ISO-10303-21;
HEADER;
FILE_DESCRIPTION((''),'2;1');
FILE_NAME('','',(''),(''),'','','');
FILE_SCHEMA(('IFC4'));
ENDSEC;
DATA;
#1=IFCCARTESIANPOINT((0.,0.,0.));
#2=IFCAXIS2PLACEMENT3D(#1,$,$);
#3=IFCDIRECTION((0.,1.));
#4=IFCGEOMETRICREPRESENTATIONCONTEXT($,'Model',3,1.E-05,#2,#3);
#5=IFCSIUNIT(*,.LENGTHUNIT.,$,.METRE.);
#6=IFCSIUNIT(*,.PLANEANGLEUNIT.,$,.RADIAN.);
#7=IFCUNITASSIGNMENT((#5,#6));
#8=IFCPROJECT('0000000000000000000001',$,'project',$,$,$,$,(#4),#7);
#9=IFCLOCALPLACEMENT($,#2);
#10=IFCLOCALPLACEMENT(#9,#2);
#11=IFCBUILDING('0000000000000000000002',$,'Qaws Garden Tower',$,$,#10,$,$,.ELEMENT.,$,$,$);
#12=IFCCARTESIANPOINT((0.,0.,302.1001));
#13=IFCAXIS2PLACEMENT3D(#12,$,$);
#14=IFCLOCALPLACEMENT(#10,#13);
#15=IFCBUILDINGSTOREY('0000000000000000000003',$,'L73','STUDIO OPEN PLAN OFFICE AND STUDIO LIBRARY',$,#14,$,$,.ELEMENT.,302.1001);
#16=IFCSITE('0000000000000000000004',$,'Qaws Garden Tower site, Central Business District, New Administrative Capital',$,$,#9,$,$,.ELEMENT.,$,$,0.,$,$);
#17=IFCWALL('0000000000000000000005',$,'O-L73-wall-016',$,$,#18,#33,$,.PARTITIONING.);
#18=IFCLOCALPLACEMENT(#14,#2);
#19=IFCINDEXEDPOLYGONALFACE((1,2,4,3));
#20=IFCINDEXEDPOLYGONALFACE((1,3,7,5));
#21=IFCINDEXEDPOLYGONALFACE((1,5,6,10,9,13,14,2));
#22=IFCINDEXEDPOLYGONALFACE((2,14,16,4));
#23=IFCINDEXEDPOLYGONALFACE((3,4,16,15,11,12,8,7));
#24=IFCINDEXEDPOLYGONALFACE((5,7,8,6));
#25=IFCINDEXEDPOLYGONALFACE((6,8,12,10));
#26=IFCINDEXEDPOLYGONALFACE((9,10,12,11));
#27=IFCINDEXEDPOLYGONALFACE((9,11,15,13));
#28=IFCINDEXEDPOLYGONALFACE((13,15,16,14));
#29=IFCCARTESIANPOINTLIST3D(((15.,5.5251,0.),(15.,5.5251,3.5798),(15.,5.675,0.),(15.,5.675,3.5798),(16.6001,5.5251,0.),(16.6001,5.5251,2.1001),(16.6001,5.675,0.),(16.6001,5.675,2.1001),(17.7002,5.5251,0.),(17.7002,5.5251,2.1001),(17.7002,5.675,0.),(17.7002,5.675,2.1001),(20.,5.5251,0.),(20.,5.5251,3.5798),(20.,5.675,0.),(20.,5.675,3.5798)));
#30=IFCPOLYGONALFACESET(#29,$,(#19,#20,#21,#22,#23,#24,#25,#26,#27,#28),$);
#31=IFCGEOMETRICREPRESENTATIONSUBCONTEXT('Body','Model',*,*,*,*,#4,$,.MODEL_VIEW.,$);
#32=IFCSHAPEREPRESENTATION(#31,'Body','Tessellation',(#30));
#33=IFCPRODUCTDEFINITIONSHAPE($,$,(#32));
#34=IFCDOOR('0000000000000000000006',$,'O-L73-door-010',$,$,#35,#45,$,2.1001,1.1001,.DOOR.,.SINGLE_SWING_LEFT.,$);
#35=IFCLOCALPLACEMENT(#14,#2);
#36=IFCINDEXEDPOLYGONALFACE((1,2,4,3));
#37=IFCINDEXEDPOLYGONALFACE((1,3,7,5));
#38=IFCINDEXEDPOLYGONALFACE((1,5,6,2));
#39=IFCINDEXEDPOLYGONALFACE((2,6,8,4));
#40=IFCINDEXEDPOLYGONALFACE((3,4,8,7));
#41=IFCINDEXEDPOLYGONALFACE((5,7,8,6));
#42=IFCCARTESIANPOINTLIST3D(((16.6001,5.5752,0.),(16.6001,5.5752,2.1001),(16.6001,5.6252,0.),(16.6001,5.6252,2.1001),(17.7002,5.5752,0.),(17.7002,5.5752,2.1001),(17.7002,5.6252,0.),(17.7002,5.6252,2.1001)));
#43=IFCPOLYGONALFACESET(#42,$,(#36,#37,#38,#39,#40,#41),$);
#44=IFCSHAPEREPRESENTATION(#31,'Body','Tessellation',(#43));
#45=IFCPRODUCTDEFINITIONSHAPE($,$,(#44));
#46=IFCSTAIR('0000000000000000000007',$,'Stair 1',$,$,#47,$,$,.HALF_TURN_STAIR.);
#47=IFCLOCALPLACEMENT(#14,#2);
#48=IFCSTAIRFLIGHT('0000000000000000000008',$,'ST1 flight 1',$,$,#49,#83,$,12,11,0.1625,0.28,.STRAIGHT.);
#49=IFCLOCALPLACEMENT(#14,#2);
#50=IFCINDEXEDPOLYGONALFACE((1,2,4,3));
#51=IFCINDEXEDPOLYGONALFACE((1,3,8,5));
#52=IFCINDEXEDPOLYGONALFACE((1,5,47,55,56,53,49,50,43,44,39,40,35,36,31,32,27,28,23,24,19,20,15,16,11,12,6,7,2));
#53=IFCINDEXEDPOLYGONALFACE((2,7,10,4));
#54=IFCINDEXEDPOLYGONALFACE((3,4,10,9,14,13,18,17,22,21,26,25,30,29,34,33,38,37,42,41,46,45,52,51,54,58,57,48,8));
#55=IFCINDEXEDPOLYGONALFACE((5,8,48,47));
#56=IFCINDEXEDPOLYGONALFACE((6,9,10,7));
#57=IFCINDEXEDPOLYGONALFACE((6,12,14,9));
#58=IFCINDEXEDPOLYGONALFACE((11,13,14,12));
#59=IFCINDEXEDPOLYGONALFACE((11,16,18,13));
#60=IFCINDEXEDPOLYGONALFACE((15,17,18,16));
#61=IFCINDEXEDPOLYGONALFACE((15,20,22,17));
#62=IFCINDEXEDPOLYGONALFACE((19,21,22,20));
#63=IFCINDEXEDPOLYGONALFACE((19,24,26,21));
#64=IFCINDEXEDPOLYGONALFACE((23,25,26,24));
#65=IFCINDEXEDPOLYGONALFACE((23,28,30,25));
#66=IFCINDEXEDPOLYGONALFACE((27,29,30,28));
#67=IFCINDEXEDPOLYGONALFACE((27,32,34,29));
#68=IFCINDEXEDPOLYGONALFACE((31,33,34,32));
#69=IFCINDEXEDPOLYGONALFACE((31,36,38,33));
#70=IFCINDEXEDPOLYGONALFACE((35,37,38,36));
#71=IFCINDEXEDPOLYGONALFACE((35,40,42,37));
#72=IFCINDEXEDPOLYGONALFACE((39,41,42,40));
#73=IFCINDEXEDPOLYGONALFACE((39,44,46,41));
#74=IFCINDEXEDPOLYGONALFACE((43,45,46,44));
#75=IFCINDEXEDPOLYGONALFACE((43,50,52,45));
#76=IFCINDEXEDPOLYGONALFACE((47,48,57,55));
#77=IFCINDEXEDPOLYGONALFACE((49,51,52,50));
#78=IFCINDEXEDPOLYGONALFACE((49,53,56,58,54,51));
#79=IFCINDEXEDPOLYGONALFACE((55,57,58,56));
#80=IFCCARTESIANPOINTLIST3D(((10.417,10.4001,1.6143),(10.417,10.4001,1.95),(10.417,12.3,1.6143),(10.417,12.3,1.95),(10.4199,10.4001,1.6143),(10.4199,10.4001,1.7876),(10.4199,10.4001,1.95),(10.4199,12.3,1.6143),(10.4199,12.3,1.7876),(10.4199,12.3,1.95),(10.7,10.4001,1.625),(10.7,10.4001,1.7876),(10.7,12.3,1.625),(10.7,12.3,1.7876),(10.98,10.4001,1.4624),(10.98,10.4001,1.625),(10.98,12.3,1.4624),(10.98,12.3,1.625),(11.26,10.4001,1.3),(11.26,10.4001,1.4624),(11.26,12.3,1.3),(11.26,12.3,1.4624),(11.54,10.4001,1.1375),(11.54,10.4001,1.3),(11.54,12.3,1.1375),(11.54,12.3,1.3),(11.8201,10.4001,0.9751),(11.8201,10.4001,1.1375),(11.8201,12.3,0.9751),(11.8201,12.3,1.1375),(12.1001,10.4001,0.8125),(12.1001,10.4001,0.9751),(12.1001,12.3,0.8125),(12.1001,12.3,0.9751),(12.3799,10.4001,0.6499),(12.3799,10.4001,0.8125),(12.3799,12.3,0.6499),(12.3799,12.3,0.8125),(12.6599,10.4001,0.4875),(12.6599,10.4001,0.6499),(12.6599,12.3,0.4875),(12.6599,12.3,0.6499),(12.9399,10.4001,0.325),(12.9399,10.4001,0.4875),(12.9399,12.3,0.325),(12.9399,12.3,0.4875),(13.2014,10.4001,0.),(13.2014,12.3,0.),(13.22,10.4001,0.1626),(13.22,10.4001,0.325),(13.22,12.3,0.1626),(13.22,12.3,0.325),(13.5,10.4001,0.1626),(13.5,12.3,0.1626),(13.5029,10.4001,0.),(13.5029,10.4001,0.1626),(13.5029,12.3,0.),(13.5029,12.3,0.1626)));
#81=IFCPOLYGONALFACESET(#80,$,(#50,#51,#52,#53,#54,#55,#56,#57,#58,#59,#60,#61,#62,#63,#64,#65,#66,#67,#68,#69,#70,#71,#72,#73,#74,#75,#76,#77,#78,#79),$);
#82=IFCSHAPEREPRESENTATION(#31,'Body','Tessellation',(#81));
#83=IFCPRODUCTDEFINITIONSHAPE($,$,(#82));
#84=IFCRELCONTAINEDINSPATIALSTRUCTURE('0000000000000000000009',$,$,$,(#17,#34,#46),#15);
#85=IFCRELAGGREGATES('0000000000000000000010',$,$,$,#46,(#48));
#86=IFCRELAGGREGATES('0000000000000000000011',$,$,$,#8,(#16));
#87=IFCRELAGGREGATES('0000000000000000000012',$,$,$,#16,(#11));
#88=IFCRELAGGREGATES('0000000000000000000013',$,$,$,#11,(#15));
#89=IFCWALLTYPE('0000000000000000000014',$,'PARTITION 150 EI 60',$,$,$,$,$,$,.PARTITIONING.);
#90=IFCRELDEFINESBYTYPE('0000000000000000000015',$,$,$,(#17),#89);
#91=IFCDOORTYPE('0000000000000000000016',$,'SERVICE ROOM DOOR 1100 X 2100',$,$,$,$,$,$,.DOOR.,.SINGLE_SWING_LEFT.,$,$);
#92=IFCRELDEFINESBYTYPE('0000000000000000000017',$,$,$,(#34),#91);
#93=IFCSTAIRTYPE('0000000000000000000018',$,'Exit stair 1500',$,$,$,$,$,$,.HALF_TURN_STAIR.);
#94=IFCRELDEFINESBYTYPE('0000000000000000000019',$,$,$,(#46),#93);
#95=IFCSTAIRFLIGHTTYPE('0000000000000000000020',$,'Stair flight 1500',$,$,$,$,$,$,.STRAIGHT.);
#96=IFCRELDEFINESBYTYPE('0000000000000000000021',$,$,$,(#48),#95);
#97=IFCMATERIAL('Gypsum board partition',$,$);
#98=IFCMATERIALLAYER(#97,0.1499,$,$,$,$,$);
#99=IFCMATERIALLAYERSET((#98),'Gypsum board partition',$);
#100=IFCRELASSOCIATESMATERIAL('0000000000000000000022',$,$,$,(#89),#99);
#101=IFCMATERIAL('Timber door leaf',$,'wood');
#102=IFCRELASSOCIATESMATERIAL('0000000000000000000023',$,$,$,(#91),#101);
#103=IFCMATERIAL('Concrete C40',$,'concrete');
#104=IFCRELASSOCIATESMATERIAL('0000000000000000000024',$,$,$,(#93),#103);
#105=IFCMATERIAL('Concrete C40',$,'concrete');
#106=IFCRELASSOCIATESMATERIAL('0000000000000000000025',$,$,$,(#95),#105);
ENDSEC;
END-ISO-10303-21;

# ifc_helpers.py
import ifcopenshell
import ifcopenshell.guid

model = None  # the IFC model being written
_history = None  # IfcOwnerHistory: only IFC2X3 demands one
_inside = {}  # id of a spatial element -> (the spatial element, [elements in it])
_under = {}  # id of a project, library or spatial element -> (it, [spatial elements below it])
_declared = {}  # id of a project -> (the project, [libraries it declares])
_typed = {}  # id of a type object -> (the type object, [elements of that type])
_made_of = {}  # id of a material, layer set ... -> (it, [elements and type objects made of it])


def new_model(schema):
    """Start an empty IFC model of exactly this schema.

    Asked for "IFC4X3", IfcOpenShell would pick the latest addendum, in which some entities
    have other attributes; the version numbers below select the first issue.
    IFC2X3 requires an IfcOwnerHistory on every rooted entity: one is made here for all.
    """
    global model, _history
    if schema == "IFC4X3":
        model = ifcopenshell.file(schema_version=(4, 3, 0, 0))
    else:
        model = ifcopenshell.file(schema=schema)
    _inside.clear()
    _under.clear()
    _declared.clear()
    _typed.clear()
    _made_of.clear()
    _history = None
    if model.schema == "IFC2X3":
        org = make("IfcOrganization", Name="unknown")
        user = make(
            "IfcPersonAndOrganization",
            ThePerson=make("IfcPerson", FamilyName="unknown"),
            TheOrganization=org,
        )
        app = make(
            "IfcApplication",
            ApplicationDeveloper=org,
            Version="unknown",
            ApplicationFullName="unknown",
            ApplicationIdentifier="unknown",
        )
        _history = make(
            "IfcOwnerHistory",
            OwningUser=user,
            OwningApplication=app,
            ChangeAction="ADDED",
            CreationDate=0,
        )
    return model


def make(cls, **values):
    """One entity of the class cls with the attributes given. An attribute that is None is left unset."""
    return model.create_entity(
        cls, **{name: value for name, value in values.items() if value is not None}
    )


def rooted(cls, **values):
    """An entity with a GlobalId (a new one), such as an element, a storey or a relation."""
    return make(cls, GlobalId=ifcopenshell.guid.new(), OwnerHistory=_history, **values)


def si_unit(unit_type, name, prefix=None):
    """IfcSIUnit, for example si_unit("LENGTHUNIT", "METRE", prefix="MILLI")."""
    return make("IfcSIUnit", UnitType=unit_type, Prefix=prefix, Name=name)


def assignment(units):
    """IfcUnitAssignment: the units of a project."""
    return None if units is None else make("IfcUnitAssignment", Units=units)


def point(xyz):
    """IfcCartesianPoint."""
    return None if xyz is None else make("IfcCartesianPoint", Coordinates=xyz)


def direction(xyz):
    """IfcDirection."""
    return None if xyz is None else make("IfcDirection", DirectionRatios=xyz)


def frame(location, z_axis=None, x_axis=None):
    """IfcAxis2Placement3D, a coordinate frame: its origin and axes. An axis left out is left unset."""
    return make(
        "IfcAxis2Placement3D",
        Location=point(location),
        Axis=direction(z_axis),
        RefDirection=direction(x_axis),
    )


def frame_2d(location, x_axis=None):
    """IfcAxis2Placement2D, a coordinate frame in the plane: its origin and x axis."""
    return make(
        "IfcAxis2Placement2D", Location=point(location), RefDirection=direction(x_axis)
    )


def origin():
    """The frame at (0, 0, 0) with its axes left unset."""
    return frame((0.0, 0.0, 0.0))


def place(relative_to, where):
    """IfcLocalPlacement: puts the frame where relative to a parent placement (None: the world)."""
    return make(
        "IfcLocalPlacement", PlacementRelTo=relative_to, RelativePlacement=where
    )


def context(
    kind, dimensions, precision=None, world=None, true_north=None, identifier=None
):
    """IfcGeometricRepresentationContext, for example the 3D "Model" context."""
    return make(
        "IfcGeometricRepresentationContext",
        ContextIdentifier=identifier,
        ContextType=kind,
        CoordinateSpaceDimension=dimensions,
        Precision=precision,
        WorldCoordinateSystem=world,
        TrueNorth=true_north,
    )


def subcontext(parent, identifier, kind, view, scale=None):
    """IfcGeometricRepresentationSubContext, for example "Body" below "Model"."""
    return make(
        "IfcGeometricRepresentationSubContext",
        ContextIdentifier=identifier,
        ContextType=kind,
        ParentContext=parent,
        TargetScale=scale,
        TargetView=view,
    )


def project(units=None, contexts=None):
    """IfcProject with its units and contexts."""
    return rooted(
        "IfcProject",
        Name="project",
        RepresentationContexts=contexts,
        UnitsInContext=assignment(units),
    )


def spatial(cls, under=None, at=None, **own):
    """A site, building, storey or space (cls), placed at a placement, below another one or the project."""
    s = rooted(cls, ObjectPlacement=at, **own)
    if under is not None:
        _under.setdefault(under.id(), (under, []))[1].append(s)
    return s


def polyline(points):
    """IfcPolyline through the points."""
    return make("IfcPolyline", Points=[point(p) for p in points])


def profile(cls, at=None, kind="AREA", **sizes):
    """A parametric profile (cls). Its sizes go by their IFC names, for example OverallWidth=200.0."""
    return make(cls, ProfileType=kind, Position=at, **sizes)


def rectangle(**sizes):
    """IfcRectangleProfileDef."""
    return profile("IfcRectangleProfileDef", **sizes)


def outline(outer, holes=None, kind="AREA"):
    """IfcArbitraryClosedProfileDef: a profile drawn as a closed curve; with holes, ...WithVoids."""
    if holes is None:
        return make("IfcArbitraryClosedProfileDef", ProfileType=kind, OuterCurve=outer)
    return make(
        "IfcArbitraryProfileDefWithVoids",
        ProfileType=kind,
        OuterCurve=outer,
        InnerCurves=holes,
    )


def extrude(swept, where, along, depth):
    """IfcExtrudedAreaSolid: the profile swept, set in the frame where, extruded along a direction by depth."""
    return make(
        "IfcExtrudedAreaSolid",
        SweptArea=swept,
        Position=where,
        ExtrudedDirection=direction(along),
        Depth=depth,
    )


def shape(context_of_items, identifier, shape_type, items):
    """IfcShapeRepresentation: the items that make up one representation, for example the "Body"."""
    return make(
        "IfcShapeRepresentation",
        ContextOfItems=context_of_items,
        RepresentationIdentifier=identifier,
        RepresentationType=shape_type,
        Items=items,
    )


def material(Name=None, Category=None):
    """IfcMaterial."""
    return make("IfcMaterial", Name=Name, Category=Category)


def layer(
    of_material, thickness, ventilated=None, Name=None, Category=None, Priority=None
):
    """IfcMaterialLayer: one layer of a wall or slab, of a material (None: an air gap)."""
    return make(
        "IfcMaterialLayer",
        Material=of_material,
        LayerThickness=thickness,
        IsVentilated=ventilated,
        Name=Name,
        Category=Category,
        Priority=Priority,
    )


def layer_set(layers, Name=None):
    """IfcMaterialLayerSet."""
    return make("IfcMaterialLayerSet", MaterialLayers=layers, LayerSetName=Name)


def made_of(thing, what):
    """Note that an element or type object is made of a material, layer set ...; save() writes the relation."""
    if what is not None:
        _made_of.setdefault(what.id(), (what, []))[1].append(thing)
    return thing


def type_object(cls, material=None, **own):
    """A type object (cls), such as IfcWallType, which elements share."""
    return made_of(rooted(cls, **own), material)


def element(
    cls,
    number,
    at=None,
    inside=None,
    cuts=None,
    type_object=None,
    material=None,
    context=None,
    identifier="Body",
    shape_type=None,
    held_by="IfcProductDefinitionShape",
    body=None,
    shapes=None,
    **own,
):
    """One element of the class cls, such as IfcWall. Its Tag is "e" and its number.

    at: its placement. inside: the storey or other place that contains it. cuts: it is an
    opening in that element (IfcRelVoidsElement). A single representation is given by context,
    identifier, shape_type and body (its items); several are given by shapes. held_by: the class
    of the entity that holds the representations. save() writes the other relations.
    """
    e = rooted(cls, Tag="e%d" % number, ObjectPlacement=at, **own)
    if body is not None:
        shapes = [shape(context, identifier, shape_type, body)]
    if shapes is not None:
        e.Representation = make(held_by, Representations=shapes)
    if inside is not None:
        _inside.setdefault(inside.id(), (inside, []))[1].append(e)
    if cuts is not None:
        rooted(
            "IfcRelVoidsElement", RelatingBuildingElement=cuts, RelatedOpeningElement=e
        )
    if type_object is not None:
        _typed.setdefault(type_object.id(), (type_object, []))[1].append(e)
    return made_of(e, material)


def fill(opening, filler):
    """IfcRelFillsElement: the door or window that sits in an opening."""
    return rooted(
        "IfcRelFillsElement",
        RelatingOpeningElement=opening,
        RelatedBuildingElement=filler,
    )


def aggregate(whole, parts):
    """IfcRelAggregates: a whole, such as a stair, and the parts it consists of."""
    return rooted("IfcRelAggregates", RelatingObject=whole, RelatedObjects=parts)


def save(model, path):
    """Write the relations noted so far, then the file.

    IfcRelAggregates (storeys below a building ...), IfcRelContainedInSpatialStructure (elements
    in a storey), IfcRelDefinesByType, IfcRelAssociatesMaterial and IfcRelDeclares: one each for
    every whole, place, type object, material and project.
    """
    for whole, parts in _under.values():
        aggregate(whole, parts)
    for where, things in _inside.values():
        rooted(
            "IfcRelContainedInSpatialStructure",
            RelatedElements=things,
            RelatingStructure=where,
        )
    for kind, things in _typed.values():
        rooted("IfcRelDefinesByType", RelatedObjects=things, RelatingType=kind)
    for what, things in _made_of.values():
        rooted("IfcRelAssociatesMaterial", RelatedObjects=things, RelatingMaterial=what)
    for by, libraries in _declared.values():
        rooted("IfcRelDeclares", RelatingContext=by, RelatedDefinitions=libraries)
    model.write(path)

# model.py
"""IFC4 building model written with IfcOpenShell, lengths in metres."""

from ifc_helpers import new_model, si_unit, direction, frame, frame_2d, origin, place, context, subcontext, project, spatial, polyline, rectangle, outline, extrude, material, layer, layer_set, type_object, element, fill, aggregate, save


model = new_model("IFC4")

# Units and contexts
model_context = context("Model", 3, precision=1e-05, world=origin(), true_north=direction((0.0, 1.0)))
body_context = subcontext(model_context, "Body", "Model", "MODEL_VIEW")
ifc_project = project(units=[si_unit("LENGTHUNIT", "METRE"), si_unit("PLANEANGLEUNIT", "RADIAN")], contexts=[model_context])

# Site, building, storey
site_placement = place(None, origin())
site = spatial("IfcSite", under=ifc_project, at=site_placement, Name="Qaws Garden Tower site, Central Business District, New Administrative Capital", CompositionType="ELEMENT", RefElevation=0.0)
building_placement = place(site_placement, origin())
building = spatial("IfcBuilding", under=site, at=building_placement, Name="Qaws Garden Tower", CompositionType="ELEMENT")
storey_placement = place(building_placement, frame((0.0, 0.0, 302.1001)))
storey = spatial("IfcBuildingStorey", under=building, at=storey_placement, Name="L73", Description="STUDIO OPEN PLAN OFFICE AND STUDIO LIBRARY", CompositionType="ELEMENT", Elevation=302.1001)

# Shared definitions
ifc_material_1 = material(Name="Gypsum board partition")
ifc_layer_1 = layer(ifc_material_1, 0.1499)
ifc_layer_set_1 = layer_set([ifc_layer_1], Name="Gypsum board partition")
wall_type_1 = type_object("IfcWallType", Name="PARTITION 150 EI 60", PredefinedType="PARTITIONING", material=ifc_layer_set_1)

# Wall, opening, door
wall_1_placement = place(storey_placement, frame((15.0, 5.6001, 0.0), z_axis=(0.0, 0.0, 1.0), x_axis=(1.0, 0.0, 0.0)))
wall_1 = element("IfcWall", 1, at=wall_1_placement, inside=storey, type_object=wall_type_1, Name="O-L73-wall-016", PredefinedType="PARTITIONING", context=body_context, shape_type="SweptSolid", body=[
    extrude(rectangle(XDim=5.0, YDim=0.1499, at=frame_2d((2.5, 0.0))), origin(), (0.0, 0.0, 1.0), 3.5798),
])
opening_1_placement = place(wall_1_placement, frame((1.6001, 0.0, 0.0)))
opening_1 = element("IfcOpeningElement", 2, at=opening_1_placement, cuts=wall_1, PredefinedType="OPENING", context=body_context, shape_type="SweptSolid", body=[
    extrude(rectangle(XDim=1.1001, YDim=2.1001, at=frame_2d((0.55, 1.05))), frame((0.0, 0.085, 0.0), z_axis=(0.0, -1.0, 0.0), x_axis=(1.0, 0.0, 0.0)), (0.0, 0.0, 1.0), 0.1699),
])
ifc_material_2 = material(Name="Timber door leaf", Category="wood")
door_type_1 = type_object("IfcDoorType", Name="SERVICE ROOM DOOR 1100 X 2100", OperationType="SINGLE_SWING_LEFT", PredefinedType="DOOR", material=ifc_material_2)
door_1_placement = place(opening_1_placement, frame((1.1001, 0.0, 0.0), z_axis=(0.0, 0.0, 1.0), x_axis=(-1.0, 0.0, 0.0)))
door_1 = element("IfcDoor", 3, at=door_1_placement, inside=storey, type_object=door_type_1, Name="O-L73-door-010", OperationType="SINGLE_SWING_LEFT", OverallHeight=2.1001, OverallWidth=1.1001, PredefinedType="DOOR", context=body_context, shape_type="SweptSolid", body=[
    extrude(rectangle(XDim=1.1001, YDim=2.1001, at=frame_2d((0.55, 1.05))), frame((0.0, 0.0249, 0.0), z_axis=(0.0, -1.0, 0.0), x_axis=(1.0, 0.0, 0.0)), (0.0, 0.0, 1.0), 0.05),
])
fill(opening_1, door_1)

# Stair, stair flight
ifc_material_3 = material(Name="Concrete C40", Category="concrete")
stair_type = type_object("IfcStairType", Name="Exit stair 1500", PredefinedType="HALF_TURN_STAIR", material=ifc_material_3)
stair_placement = place(storey_placement, origin())
stair = element("IfcStair", 4, at=stair_placement, inside=storey, type_object=stair_type, Name="Stair 1", PredefinedType="HALF_TURN_STAIR")
ifc_material_4 = material(Name="Concrete C40", Category="concrete")
stair_flight_type = type_object("IfcStairFlightType", Name="Stair flight 1500", PredefinedType="STRAIGHT", material=ifc_material_4)
stair_flight_placement = place(storey_placement, frame((13.5, 11.3501, 0.0), z_axis=(0.0, 0.0, 1.0), x_axis=(-1.0, 0.0, 0.0)))
stair_flight = element("IfcStairFlight", 5, at=stair_flight_placement, type_object=stair_flight_type, Name="ST1 flight 1", NumberOfRisers=12, NumberOfTreads=11, PredefinedType="STRAIGHT", RiserHeight=0.1625, TreadLength=0.28, context=body_context, shape_type="SweptSolid", body=[
    extrude(outline(polyline([(-0.0029, 0.0), (-0.0029, 0.1626), (0.0, 0.1626), (0.28, 0.1626), (0.28, 0.325), (0.5601, 0.325), (0.5601, 0.4875), (0.8401, 0.4875), (0.8401, 0.6499), (1.1201, 0.6499), (1.1201, 0.8125), (1.3999, 0.8125), (1.3999, 0.9751), (1.6799, 0.9751), (1.6799, 1.1375), (1.96, 1.1375), (1.96, 1.3), (2.24, 1.3), (2.24, 1.4624), (2.52, 1.4624), (2.52, 1.625), (2.8, 1.625), (2.8, 1.7876), (3.0801, 1.7876), (3.0801, 1.95), (3.083, 1.95), (3.083, 1.6143), (3.0801, 1.6143), (0.2986, 0.0), (-0.0029, 0.0)])), frame((0.0, 0.95, 0.0), z_axis=(0.0, -1.0, 0.0), x_axis=(1.0, 0.0, 0.0)), (0.0, 0.0, 1.0), 1.8999),
])
aggregate(stair, [stair_flight])

save(model, "model.ifc")
